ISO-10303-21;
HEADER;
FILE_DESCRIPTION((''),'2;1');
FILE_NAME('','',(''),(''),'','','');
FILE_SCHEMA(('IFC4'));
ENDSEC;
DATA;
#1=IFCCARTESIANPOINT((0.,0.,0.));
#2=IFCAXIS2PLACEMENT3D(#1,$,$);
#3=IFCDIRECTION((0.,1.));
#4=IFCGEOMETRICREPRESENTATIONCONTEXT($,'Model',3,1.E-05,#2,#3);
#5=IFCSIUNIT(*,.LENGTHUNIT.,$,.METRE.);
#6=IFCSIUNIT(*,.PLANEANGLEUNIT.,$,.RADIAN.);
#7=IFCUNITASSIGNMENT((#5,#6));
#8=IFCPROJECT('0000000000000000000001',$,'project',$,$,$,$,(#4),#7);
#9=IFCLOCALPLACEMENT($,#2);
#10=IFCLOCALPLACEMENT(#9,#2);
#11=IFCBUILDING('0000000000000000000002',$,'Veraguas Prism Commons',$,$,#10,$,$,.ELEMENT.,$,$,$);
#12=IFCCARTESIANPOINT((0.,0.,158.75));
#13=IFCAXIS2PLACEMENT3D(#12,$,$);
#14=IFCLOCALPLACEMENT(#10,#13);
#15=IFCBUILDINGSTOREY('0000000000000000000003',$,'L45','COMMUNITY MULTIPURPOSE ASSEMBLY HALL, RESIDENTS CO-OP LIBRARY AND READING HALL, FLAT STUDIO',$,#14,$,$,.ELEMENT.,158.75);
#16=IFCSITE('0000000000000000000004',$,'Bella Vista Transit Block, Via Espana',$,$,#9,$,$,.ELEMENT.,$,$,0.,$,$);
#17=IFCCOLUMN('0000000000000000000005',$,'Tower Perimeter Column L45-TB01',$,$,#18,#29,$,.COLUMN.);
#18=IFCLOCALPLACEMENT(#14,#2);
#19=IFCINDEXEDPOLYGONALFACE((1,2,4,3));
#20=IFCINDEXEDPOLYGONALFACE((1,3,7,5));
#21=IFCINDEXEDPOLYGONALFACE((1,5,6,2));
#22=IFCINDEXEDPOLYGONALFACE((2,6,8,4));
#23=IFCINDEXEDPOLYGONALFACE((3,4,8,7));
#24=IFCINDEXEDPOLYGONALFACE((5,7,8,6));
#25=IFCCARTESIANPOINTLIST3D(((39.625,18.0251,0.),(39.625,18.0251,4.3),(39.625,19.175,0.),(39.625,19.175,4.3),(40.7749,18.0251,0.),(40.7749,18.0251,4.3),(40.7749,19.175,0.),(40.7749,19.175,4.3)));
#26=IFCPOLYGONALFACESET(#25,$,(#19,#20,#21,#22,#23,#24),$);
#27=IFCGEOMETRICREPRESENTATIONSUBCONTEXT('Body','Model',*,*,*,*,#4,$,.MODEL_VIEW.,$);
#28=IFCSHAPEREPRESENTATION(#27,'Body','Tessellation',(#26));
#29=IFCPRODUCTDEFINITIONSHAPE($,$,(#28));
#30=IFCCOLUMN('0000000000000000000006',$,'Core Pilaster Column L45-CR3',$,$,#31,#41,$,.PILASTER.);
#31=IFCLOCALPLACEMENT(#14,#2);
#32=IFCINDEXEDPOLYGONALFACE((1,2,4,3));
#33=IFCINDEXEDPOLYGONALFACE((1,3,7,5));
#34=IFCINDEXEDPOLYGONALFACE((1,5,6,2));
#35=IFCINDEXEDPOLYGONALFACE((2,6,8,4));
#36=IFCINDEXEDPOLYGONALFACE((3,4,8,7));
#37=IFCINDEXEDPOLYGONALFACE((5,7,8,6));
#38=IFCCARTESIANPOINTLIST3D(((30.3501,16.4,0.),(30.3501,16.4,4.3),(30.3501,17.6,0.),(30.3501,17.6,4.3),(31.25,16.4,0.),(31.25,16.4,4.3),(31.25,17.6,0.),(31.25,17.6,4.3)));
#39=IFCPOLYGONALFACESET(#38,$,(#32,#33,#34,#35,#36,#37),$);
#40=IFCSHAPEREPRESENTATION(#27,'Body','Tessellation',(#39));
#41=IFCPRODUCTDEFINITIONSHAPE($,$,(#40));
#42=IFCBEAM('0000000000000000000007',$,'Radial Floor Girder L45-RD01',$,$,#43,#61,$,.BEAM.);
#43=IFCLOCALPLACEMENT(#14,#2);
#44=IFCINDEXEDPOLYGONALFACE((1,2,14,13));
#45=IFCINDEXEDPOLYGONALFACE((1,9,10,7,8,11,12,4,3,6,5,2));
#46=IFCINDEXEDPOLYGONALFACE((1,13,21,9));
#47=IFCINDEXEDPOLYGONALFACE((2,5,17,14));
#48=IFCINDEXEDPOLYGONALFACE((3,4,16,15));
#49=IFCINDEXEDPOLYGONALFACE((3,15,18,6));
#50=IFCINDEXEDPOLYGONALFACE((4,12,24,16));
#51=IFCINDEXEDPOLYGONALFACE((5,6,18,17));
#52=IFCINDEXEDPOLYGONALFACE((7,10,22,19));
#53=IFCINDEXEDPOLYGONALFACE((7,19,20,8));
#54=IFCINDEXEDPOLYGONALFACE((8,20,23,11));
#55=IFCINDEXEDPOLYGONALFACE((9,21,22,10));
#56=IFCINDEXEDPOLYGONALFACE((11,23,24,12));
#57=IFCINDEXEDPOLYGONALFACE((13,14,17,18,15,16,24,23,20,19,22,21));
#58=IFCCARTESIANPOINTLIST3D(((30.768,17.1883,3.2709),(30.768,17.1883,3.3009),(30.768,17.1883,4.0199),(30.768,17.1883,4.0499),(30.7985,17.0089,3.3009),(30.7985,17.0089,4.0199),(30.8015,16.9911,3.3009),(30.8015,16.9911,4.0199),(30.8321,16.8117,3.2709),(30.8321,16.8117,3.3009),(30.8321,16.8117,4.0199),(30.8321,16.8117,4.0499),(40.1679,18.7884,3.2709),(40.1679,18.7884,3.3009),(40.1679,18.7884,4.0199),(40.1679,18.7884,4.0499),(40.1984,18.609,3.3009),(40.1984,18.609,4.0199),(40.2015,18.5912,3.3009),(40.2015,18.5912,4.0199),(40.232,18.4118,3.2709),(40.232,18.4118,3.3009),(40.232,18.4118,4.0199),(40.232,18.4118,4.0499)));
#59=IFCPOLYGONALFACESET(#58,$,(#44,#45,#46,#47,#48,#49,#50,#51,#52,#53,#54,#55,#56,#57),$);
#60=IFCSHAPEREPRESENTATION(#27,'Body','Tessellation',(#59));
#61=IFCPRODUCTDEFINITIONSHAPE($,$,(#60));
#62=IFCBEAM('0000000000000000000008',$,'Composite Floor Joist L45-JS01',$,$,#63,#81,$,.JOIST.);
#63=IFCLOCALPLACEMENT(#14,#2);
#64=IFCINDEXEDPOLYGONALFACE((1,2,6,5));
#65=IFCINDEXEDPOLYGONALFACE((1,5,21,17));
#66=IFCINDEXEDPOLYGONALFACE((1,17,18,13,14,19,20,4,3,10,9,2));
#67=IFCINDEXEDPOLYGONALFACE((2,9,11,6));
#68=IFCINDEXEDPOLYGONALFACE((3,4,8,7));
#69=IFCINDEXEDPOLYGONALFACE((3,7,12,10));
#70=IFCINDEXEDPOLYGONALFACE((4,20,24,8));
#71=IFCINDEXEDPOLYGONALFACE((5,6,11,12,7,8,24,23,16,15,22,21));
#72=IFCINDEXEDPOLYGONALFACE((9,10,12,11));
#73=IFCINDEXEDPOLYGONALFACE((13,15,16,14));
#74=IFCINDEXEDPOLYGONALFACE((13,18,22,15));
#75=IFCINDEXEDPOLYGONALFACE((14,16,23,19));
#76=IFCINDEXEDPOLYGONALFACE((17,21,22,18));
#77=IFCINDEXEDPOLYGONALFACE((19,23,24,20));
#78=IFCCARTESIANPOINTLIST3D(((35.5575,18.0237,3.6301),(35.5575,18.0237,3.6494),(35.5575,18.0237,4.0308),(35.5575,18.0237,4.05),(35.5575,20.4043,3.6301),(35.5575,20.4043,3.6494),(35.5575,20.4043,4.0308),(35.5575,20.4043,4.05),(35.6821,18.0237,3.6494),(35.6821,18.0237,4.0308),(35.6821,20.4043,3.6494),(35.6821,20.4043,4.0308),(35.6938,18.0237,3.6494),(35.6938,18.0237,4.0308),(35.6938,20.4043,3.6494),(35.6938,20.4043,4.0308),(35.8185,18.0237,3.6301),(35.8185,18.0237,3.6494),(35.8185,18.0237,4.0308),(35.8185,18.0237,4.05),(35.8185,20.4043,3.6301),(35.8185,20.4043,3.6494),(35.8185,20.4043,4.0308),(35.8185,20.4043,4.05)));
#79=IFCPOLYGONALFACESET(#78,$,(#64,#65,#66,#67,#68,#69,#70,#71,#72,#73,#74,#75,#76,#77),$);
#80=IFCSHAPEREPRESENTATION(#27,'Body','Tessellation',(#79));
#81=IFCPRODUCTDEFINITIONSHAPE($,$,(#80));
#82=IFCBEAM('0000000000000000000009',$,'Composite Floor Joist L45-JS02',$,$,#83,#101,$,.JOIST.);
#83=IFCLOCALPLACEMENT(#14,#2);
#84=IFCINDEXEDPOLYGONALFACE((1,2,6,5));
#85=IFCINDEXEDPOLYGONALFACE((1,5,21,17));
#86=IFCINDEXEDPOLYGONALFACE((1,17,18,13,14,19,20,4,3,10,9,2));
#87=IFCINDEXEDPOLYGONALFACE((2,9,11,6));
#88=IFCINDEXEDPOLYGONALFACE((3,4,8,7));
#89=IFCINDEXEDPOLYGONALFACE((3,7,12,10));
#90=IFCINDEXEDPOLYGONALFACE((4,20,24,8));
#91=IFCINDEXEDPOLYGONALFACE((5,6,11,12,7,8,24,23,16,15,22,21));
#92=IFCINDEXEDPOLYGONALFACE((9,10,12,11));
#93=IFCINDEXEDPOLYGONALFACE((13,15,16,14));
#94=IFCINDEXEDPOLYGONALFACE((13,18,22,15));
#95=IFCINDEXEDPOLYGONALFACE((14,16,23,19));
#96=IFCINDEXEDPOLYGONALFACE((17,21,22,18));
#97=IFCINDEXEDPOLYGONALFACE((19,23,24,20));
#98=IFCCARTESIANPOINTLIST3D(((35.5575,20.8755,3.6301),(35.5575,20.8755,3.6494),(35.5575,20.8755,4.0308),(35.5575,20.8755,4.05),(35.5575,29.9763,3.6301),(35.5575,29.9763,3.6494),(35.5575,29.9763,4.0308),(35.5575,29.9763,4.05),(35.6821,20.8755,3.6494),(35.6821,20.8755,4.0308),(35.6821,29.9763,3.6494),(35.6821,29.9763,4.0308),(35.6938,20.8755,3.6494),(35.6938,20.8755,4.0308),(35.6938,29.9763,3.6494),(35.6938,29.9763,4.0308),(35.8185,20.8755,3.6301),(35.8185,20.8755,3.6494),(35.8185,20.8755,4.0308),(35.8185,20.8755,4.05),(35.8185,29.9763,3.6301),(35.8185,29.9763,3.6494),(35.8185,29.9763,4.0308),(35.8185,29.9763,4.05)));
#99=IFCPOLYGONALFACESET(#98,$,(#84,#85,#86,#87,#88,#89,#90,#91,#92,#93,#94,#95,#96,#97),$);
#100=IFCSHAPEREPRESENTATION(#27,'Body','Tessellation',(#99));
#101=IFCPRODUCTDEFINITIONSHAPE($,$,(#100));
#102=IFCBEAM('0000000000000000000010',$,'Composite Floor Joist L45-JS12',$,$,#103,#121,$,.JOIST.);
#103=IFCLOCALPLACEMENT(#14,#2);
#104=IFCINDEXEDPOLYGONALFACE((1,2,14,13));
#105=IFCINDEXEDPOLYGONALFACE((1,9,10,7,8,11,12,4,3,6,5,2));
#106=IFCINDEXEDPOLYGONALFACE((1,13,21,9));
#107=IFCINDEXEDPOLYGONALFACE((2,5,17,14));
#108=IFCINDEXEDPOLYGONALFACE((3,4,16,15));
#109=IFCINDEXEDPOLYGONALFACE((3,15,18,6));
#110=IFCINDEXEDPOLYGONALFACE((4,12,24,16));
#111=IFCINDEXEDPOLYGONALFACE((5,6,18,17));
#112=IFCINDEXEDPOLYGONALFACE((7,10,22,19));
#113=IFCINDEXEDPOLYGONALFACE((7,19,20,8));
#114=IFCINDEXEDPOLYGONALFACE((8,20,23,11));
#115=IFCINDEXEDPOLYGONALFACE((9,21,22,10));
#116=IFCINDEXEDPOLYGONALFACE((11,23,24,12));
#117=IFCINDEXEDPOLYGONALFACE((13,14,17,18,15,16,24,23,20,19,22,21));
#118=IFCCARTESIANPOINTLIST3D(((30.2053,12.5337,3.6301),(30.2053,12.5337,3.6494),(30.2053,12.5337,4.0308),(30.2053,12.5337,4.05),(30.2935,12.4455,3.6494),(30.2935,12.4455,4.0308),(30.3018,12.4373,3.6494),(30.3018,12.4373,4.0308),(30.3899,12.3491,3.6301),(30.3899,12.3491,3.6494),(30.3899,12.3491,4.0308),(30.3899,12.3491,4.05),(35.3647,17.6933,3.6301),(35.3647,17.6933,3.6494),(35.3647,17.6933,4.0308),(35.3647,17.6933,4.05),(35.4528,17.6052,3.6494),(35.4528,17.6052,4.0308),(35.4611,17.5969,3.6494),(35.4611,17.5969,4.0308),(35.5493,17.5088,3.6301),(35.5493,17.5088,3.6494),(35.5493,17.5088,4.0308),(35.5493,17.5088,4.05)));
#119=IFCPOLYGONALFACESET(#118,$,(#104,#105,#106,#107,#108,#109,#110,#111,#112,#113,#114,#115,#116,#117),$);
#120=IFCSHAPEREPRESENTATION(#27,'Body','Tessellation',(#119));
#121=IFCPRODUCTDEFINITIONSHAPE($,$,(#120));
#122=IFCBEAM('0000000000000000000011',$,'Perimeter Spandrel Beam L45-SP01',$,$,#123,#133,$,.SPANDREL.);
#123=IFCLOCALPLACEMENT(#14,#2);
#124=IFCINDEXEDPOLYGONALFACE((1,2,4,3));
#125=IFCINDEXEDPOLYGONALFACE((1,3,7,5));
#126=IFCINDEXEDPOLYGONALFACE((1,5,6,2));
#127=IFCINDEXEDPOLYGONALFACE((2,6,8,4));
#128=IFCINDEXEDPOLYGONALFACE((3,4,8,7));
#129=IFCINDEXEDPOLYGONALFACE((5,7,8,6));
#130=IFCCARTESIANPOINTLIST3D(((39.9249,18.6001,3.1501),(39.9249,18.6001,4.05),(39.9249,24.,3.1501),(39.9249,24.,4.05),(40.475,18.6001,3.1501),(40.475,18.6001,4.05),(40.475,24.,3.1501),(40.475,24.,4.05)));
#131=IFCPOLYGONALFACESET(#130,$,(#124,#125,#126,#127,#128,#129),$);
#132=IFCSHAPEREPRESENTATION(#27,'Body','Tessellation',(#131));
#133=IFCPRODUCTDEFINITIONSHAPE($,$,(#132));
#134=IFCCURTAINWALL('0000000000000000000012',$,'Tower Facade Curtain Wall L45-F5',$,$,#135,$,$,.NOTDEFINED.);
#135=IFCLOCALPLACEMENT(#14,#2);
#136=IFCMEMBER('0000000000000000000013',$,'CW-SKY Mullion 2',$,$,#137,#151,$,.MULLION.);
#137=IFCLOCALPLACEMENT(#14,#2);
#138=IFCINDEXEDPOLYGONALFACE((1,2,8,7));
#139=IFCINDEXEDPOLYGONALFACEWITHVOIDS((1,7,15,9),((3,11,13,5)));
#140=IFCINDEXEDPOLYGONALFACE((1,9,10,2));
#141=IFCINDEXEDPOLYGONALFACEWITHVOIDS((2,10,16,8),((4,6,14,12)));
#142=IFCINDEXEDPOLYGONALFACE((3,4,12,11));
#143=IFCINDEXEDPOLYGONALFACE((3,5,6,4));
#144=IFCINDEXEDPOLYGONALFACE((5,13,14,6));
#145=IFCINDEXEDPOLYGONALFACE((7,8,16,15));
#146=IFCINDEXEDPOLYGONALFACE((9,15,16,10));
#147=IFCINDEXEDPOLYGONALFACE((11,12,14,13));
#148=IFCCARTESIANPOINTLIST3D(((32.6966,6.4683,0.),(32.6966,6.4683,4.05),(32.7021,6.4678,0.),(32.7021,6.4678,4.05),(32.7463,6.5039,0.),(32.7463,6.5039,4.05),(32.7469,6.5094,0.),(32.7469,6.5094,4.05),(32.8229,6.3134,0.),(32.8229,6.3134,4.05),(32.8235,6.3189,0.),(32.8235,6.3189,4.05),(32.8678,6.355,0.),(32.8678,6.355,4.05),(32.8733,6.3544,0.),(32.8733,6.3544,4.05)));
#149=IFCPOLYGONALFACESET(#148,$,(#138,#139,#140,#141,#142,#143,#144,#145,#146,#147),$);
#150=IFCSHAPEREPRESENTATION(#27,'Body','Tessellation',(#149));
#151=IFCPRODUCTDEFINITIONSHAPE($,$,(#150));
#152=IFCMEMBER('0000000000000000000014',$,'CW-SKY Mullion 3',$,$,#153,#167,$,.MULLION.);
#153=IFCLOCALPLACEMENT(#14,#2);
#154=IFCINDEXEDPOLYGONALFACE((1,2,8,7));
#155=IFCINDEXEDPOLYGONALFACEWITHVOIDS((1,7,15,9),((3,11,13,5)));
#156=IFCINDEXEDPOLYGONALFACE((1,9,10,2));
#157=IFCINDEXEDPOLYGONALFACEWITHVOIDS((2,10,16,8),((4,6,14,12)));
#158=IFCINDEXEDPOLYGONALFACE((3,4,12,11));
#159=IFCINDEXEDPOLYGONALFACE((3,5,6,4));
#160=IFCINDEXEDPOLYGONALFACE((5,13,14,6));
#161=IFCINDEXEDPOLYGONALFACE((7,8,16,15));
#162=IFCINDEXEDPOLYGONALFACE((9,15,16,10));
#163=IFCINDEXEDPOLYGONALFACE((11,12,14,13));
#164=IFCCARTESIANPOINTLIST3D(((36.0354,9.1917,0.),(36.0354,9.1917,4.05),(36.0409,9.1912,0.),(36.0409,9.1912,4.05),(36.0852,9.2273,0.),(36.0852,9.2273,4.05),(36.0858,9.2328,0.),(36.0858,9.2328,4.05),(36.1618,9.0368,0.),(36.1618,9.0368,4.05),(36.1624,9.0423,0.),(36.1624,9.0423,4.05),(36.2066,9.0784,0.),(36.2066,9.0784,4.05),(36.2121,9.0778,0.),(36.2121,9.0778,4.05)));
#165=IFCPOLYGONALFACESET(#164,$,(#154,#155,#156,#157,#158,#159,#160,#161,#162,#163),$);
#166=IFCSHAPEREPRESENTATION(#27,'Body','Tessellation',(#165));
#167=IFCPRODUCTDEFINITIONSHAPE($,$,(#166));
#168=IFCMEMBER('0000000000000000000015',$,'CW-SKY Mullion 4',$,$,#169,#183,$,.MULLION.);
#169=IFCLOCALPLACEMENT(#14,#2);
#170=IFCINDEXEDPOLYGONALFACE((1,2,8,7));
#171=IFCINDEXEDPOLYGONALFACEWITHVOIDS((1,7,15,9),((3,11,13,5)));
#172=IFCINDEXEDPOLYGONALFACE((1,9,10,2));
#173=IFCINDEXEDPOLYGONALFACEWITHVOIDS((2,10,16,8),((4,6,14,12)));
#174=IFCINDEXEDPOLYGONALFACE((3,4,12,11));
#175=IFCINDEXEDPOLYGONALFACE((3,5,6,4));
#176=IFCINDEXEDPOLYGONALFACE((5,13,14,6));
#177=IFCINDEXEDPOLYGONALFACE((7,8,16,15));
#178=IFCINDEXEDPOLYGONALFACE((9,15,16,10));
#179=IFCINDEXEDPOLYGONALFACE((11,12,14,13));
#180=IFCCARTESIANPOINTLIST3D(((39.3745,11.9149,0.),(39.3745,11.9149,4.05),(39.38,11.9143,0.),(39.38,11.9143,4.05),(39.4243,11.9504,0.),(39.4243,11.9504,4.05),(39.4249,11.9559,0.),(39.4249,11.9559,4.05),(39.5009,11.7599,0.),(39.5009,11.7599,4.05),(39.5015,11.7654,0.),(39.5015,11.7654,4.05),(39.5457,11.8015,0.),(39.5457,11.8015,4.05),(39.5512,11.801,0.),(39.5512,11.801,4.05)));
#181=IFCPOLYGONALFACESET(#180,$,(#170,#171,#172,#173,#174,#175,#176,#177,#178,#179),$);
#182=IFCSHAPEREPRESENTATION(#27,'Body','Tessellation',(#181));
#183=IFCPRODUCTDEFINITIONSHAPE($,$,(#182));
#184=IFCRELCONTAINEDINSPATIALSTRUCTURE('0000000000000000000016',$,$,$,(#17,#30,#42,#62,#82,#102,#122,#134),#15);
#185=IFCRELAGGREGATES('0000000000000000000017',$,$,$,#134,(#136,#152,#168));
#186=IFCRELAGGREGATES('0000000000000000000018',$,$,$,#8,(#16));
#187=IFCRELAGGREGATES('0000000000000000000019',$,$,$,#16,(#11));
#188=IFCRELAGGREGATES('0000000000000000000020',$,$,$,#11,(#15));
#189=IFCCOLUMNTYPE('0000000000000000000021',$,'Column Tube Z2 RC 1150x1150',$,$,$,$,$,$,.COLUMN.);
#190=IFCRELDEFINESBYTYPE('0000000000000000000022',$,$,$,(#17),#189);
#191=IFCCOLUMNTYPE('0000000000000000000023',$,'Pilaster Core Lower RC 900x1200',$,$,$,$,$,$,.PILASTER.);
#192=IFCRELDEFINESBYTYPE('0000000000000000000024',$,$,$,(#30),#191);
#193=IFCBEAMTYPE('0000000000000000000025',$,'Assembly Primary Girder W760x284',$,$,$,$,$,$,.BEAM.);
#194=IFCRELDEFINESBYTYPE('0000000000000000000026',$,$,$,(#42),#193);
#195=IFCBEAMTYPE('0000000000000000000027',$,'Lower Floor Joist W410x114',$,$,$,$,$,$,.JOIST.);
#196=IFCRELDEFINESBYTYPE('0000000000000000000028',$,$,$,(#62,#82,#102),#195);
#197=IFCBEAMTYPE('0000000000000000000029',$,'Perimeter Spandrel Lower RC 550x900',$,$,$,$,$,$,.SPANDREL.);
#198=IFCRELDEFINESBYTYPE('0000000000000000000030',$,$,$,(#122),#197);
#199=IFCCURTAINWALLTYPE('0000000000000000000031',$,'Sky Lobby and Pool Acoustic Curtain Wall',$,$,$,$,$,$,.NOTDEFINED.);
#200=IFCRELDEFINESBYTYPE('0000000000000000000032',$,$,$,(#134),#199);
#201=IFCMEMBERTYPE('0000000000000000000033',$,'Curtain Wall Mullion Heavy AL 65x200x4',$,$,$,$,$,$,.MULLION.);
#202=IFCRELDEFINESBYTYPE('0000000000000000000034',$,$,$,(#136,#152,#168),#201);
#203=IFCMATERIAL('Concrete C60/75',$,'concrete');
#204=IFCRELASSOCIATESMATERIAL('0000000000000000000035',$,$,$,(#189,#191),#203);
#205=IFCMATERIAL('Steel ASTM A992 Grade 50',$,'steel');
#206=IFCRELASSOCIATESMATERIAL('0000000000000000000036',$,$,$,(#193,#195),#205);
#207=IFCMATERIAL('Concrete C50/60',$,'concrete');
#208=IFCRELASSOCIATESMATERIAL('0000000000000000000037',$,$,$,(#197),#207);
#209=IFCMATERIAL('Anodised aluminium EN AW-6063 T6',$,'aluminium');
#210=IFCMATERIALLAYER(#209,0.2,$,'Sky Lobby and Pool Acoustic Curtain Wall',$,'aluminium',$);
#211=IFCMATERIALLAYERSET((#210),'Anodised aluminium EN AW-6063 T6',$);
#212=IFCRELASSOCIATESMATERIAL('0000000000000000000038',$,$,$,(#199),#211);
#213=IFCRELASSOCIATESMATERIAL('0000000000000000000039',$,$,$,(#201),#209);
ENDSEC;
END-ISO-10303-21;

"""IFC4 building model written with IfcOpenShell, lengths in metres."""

from ifc_helpers import new_model, si_unit, direction, frame, origin, origin_2d, place, context, subcontext, project, spatial, rectangle, hollow_rectangle, i_section, extrude, source, transform, mapped, material, layer, layer_set, material_profile, profile_set, type_object, element, aggregate, save


model = new_model("IFC4")

# Units and contexts
model_context = context("Model", 3, precision=1e-05, world=origin(), true_north=direction((0.0, 1.0)))
body_context = subcontext(model_context, "Body", "Model", "MODEL_VIEW")
ifc_project = project(units=[si_unit("LENGTHUNIT", "METRE"), si_unit("PLANEANGLEUNIT", "RADIAN")], contexts=[model_context])

# Site, building, storey
site_placement = place(None, origin())
site = spatial("IfcSite", under=ifc_project, at=site_placement, Name="Bella Vista Transit Block, Via Espana", CompositionType="ELEMENT", RefElevation=0.0)
building_placement = place(site_placement, origin())
building = spatial("IfcBuilding", under=site, at=building_placement, Name="Veraguas Prism Commons", CompositionType="ELEMENT")
storey_placement = place(building_placement, frame((0.0, 0.0, 158.75)))
storey = spatial("IfcBuildingStorey", under=building, at=storey_placement, Name="L45", Description="COMMUNITY MULTIPURPOSE ASSEMBLY HALL, RESIDENTS CO-OP LIBRARY AND READING HALL, FLAT STUDIO", CompositionType="ELEMENT", Elevation=158.75)

# Columns
ifc_material_1 = material(Name="Concrete C60/75", Category="concrete")
ifc_material_profile_1 = material_profile(ifc_material_1, rectangle(XDim=1.1499, YDim=1.1499, at=origin_2d()), Name="RC1150X1150")
ifc_profile_set_1 = profile_set([ifc_material_profile_1], Name="Concrete C60/75")
column_type_1 = type_object("IfcColumnType", Name="Column Tube Z2 RC 1150x1150", PredefinedType="COLUMN", material=ifc_profile_set_1)
column_1_placement = place(storey_placement, frame((40.2, 18.6001, 0.0), z_axis=(0.0, 0.0, 1.0), x_axis=(1.0, 0.0, 0.0)))
element("IfcColumn", 1, at=column_1_placement, inside=storey, type_object=column_type_1, Name="Tower Perimeter Column L45-TB01", PredefinedType="COLUMN", context=body_context, shape_type="SweptSolid", body=[
    extrude(rectangle(XDim=1.1499, YDim=1.1499, at=origin_2d()), origin(), (0.0, 0.0, 1.0), 4.3),
])
ifc_material_profile_2 = material_profile(ifc_material_1, rectangle(XDim=0.8999, YDim=1.2, at=origin_2d()), Name="RC900X1200")
ifc_profile_set_2 = profile_set([ifc_material_profile_2], Name="Concrete C60/75")
column_type_2 = type_object("IfcColumnType", Name="Pilaster Core Lower RC 900x1200", PredefinedType="PILASTER", material=ifc_profile_set_2)
column_2_placement = place(storey_placement, frame((30.8, 17.0, 0.0), z_axis=(0.0, 0.0, 1.0), x_axis=(1.0, 0.0, 0.0)))
element("IfcColumn", 2, at=column_2_placement, inside=storey, type_object=column_type_2, Name="Core Pilaster Column L45-CR3", PredefinedType="PILASTER", context=body_context, shape_type="SweptSolid", body=[
    extrude(rectangle(XDim=0.8999, YDim=1.2, at=origin_2d()), origin(), (0.0, 0.0, 1.0), 4.3),
])

# Beams
ifc_material_2 = material(Name="Steel ASTM A992 Grade 50", Category="steel")
ifc_material_profile_3 = material_profile(ifc_material_2, i_section(OverallWidth=0.3821, OverallDepth=0.7791, WebThickness=0.0181, FlangeThickness=0.03, at=origin_2d()), Name="W760X284")
ifc_profile_set_3 = profile_set([ifc_material_profile_3], Name="Steel ASTM A992 Grade 50")
beam_type_1 = type_object("IfcBeamType", Name="Assembly Primary Girder W760x284", PredefinedType="BEAM", material=ifc_profile_set_3)
beam_1_placement = place(storey_placement, frame((40.2, 18.6001, 3.6604), z_axis=(-0.985819, -0.167811, 0.0), x_axis=(0.167811, -0.985819, 0.0)))
element("IfcBeam", 3, at=beam_1_placement, inside=storey, type_object=beam_type_1, Name="Radial Floor Girder L45-RD01", PredefinedType="BEAM", context=body_context, shape_type="SweptSolid", body=[
    extrude(i_section(OverallWidth=0.3821, OverallDepth=0.7791, WebThickness=0.0181, FlangeThickness=0.03, at=origin_2d()), origin(), (0.0, 0.0, 1.0), 9.5352),
])
ifc_material_profile_4 = material_profile(ifc_material_2, i_section(OverallWidth=0.261, OverallDepth=0.4199, WebThickness=0.0117, FlangeThickness=0.0193, at=origin_2d()), Name="W410X114")
ifc_profile_set_4 = profile_set([ifc_material_profile_4], Name="Steel ASTM A992 Grade 50")
beam_type_2 = type_object("IfcBeamType", Name="Lower Floor Joist W410x114", PredefinedType="JOIST", material=ifc_profile_set_4)
beam_2_placement = place(storey_placement, frame((35.688, 18.0237, 3.8401), z_axis=(0.0, 1.0, 0.0), x_axis=(-1.0, 0.0, 0.0)))
element("IfcBeam", 4, at=beam_2_placement, inside=storey, type_object=beam_type_2, Name="Composite Floor Joist L45-JS01", PredefinedType="JOIST", context=body_context, shape_type="SweptSolid", body=[
    extrude(i_section(OverallWidth=0.261, OverallDepth=0.4199, WebThickness=0.0117, FlangeThickness=0.0193, at=origin_2d()), origin(), (0.0, 0.0, 1.0), 2.3806),
])
beam_3_placement = place(storey_placement, frame((35.688, 20.8755, 3.8401), z_axis=(0.0, 1.0, 0.0), x_axis=(-1.0, 0.0, 0.0)))
element("IfcBeam", 5, at=beam_3_placement, inside=storey, type_object=beam_type_2, Name="Composite Floor Joist L45-JS02", PredefinedType="JOIST", context=body_context, shape_type="SweptSolid", body=[
    extrude(i_section(OverallWidth=0.261, OverallDepth=0.4199, WebThickness=0.0117, FlangeThickness=0.0193, at=origin_2d()), origin(), (0.0, 0.0, 1.0), 9.1008),
])
beam_4_placement = place(storey_placement, frame((30.2976, 12.4414, 3.8401), z_axis=(0.70709, 0.707124, 0.0), x_axis=(-0.707124, 0.70709, 0.0)))
element("IfcBeam", 6, at=beam_4_placement, inside=storey, type_object=beam_type_2, Name="Composite Floor Joist L45-JS12", PredefinedType="JOIST", context=body_context, shape_type="SweptSolid", body=[
    extrude(i_section(OverallWidth=0.261, OverallDepth=0.4199, WebThickness=0.0117, FlangeThickness=0.0193, at=origin_2d()), origin(), (0.0, 0.0, 1.0), 7.2966),
])
ifc_material_3 = material(Name="Concrete C50/60", Category="concrete")
ifc_material_profile_5 = material_profile(ifc_material_3, rectangle(XDim=0.55, YDim=0.8999, at=origin_2d()), Name="RC550X900")
ifc_profile_set_5 = profile_set([ifc_material_profile_5], Name="Concrete C50/60")
beam_type_3 = type_object("IfcBeamType", Name="Perimeter Spandrel Lower RC 550x900", PredefinedType="SPANDREL", material=ifc_profile_set_5)
beam_5_placement = place(storey_placement, frame((40.2, 18.6001, 3.6001), z_axis=(0.0, 1.0, 0.0), x_axis=(-1.0, 0.0, 0.0)))
element("IfcBeam", 7, at=beam_5_placement, inside=storey, type_object=beam_type_3, Name="Perimeter Spandrel Beam L45-SP01", PredefinedType="SPANDREL", context=body_context, shape_type="SweptSolid", body=[
    extrude(rectangle(XDim=0.55, YDim=0.8999, at=origin_2d()), origin(), (0.0, 0.0, 1.0), 5.3999),
])

# Curtain wall, members
ifc_material_4 = material(Name="Anodised aluminium EN AW-6063 T6", Category="aluminium")
ifc_layer_1 = layer(ifc_material_4, 0.2, Name="Sky Lobby and Pool Acoustic Curtain Wall", Category="aluminium")
ifc_layer_set_1 = layer_set([ifc_layer_1], Name="Anodised aluminium EN AW-6063 T6")
curtain_wall_type = type_object("IfcCurtainWallType", Name="Sky Lobby and Pool Acoustic Curtain Wall", PredefinedType="NOTDEFINED", material=ifc_layer_set_1)
curtain_wall_1_placement = place(storey_placement, origin())
curtain_wall_1 = element("IfcCurtainWall", 8, at=curtain_wall_1_placement, inside=storey, type_object=curtain_wall_type, Name="Tower Facade Curtain Wall L45-F5", PredefinedType="NOTDEFINED")
ifc_material_profile_6 = material_profile(ifc_material_4, hollow_rectangle(XDim=0.0649, YDim=0.2, WallThickness=0.0039, at=origin_2d()), Name="AL65X200X4")
ifc_profile_set_6 = profile_set([ifc_material_profile_6], Name="Anodised aluminium EN AW-6063 T6")
member_type_1 = type_object("IfcMemberType", Name="Curtain Wall Mullion Heavy AL 65x200x4", PredefinedType="MULLION", material=ifc_profile_set_6)
shared_shape_1 = source(origin(), body_context, "Body", "SweptSolid", [
    extrude(hollow_rectangle(XDim=0.0649, YDim=0.2, WallThickness=0.0039, at=origin_2d()), origin(), (0.0, 0.0, 1.0), 4.05),
])
member_1_placement = place(storey_placement, frame((32.7849, 6.4114, 0.0), z_axis=(0.0, 0.0, 1.0), x_axis=(0.774943, 0.632031, 0.0)))
member_1 = element("IfcMember", 9, at=member_1_placement, type_object=member_type_1, Name="CW-SKY Mullion 2", PredefinedType="MULLION", context=body_context, shape_type="MappedRepresentation", body=[
    mapped(shared_shape_1, transform((0.0, 0.0, 0.0), scale=1.0)),
])
member_2_placement = place(storey_placement, frame((36.1238, 9.1348, 0.0), z_axis=(0.0, 0.0, 1.0), x_axis=(0.774943, 0.632031, 0.0)))
member_2 = element("IfcMember", 10, at=member_2_placement, type_object=member_type_1, Name="CW-SKY Mullion 3", PredefinedType="MULLION", context=body_context, shape_type="MappedRepresentation", body=[
    mapped(shared_shape_1, transform((0.0, 0.0, 0.0), scale=1.0)),
])
member_3_placement = place(storey_placement, frame((39.4629, 11.8579, 0.0), z_axis=(0.0, 0.0, 1.0), x_axis=(0.774943, 0.632031, 0.0)))
member_3 = element("IfcMember", 11, at=member_3_placement, type_object=member_type_1, Name="CW-SKY Mullion 4", PredefinedType="MULLION", context=body_context, shape_type="MappedRepresentation", body=[
    mapped(shared_shape_1, transform((0.0, 0.0, 0.0), scale=1.0)),
])

aggregate(curtain_wall_1, [member_1, member_2, member_3])

save(model, "model.ifc")
